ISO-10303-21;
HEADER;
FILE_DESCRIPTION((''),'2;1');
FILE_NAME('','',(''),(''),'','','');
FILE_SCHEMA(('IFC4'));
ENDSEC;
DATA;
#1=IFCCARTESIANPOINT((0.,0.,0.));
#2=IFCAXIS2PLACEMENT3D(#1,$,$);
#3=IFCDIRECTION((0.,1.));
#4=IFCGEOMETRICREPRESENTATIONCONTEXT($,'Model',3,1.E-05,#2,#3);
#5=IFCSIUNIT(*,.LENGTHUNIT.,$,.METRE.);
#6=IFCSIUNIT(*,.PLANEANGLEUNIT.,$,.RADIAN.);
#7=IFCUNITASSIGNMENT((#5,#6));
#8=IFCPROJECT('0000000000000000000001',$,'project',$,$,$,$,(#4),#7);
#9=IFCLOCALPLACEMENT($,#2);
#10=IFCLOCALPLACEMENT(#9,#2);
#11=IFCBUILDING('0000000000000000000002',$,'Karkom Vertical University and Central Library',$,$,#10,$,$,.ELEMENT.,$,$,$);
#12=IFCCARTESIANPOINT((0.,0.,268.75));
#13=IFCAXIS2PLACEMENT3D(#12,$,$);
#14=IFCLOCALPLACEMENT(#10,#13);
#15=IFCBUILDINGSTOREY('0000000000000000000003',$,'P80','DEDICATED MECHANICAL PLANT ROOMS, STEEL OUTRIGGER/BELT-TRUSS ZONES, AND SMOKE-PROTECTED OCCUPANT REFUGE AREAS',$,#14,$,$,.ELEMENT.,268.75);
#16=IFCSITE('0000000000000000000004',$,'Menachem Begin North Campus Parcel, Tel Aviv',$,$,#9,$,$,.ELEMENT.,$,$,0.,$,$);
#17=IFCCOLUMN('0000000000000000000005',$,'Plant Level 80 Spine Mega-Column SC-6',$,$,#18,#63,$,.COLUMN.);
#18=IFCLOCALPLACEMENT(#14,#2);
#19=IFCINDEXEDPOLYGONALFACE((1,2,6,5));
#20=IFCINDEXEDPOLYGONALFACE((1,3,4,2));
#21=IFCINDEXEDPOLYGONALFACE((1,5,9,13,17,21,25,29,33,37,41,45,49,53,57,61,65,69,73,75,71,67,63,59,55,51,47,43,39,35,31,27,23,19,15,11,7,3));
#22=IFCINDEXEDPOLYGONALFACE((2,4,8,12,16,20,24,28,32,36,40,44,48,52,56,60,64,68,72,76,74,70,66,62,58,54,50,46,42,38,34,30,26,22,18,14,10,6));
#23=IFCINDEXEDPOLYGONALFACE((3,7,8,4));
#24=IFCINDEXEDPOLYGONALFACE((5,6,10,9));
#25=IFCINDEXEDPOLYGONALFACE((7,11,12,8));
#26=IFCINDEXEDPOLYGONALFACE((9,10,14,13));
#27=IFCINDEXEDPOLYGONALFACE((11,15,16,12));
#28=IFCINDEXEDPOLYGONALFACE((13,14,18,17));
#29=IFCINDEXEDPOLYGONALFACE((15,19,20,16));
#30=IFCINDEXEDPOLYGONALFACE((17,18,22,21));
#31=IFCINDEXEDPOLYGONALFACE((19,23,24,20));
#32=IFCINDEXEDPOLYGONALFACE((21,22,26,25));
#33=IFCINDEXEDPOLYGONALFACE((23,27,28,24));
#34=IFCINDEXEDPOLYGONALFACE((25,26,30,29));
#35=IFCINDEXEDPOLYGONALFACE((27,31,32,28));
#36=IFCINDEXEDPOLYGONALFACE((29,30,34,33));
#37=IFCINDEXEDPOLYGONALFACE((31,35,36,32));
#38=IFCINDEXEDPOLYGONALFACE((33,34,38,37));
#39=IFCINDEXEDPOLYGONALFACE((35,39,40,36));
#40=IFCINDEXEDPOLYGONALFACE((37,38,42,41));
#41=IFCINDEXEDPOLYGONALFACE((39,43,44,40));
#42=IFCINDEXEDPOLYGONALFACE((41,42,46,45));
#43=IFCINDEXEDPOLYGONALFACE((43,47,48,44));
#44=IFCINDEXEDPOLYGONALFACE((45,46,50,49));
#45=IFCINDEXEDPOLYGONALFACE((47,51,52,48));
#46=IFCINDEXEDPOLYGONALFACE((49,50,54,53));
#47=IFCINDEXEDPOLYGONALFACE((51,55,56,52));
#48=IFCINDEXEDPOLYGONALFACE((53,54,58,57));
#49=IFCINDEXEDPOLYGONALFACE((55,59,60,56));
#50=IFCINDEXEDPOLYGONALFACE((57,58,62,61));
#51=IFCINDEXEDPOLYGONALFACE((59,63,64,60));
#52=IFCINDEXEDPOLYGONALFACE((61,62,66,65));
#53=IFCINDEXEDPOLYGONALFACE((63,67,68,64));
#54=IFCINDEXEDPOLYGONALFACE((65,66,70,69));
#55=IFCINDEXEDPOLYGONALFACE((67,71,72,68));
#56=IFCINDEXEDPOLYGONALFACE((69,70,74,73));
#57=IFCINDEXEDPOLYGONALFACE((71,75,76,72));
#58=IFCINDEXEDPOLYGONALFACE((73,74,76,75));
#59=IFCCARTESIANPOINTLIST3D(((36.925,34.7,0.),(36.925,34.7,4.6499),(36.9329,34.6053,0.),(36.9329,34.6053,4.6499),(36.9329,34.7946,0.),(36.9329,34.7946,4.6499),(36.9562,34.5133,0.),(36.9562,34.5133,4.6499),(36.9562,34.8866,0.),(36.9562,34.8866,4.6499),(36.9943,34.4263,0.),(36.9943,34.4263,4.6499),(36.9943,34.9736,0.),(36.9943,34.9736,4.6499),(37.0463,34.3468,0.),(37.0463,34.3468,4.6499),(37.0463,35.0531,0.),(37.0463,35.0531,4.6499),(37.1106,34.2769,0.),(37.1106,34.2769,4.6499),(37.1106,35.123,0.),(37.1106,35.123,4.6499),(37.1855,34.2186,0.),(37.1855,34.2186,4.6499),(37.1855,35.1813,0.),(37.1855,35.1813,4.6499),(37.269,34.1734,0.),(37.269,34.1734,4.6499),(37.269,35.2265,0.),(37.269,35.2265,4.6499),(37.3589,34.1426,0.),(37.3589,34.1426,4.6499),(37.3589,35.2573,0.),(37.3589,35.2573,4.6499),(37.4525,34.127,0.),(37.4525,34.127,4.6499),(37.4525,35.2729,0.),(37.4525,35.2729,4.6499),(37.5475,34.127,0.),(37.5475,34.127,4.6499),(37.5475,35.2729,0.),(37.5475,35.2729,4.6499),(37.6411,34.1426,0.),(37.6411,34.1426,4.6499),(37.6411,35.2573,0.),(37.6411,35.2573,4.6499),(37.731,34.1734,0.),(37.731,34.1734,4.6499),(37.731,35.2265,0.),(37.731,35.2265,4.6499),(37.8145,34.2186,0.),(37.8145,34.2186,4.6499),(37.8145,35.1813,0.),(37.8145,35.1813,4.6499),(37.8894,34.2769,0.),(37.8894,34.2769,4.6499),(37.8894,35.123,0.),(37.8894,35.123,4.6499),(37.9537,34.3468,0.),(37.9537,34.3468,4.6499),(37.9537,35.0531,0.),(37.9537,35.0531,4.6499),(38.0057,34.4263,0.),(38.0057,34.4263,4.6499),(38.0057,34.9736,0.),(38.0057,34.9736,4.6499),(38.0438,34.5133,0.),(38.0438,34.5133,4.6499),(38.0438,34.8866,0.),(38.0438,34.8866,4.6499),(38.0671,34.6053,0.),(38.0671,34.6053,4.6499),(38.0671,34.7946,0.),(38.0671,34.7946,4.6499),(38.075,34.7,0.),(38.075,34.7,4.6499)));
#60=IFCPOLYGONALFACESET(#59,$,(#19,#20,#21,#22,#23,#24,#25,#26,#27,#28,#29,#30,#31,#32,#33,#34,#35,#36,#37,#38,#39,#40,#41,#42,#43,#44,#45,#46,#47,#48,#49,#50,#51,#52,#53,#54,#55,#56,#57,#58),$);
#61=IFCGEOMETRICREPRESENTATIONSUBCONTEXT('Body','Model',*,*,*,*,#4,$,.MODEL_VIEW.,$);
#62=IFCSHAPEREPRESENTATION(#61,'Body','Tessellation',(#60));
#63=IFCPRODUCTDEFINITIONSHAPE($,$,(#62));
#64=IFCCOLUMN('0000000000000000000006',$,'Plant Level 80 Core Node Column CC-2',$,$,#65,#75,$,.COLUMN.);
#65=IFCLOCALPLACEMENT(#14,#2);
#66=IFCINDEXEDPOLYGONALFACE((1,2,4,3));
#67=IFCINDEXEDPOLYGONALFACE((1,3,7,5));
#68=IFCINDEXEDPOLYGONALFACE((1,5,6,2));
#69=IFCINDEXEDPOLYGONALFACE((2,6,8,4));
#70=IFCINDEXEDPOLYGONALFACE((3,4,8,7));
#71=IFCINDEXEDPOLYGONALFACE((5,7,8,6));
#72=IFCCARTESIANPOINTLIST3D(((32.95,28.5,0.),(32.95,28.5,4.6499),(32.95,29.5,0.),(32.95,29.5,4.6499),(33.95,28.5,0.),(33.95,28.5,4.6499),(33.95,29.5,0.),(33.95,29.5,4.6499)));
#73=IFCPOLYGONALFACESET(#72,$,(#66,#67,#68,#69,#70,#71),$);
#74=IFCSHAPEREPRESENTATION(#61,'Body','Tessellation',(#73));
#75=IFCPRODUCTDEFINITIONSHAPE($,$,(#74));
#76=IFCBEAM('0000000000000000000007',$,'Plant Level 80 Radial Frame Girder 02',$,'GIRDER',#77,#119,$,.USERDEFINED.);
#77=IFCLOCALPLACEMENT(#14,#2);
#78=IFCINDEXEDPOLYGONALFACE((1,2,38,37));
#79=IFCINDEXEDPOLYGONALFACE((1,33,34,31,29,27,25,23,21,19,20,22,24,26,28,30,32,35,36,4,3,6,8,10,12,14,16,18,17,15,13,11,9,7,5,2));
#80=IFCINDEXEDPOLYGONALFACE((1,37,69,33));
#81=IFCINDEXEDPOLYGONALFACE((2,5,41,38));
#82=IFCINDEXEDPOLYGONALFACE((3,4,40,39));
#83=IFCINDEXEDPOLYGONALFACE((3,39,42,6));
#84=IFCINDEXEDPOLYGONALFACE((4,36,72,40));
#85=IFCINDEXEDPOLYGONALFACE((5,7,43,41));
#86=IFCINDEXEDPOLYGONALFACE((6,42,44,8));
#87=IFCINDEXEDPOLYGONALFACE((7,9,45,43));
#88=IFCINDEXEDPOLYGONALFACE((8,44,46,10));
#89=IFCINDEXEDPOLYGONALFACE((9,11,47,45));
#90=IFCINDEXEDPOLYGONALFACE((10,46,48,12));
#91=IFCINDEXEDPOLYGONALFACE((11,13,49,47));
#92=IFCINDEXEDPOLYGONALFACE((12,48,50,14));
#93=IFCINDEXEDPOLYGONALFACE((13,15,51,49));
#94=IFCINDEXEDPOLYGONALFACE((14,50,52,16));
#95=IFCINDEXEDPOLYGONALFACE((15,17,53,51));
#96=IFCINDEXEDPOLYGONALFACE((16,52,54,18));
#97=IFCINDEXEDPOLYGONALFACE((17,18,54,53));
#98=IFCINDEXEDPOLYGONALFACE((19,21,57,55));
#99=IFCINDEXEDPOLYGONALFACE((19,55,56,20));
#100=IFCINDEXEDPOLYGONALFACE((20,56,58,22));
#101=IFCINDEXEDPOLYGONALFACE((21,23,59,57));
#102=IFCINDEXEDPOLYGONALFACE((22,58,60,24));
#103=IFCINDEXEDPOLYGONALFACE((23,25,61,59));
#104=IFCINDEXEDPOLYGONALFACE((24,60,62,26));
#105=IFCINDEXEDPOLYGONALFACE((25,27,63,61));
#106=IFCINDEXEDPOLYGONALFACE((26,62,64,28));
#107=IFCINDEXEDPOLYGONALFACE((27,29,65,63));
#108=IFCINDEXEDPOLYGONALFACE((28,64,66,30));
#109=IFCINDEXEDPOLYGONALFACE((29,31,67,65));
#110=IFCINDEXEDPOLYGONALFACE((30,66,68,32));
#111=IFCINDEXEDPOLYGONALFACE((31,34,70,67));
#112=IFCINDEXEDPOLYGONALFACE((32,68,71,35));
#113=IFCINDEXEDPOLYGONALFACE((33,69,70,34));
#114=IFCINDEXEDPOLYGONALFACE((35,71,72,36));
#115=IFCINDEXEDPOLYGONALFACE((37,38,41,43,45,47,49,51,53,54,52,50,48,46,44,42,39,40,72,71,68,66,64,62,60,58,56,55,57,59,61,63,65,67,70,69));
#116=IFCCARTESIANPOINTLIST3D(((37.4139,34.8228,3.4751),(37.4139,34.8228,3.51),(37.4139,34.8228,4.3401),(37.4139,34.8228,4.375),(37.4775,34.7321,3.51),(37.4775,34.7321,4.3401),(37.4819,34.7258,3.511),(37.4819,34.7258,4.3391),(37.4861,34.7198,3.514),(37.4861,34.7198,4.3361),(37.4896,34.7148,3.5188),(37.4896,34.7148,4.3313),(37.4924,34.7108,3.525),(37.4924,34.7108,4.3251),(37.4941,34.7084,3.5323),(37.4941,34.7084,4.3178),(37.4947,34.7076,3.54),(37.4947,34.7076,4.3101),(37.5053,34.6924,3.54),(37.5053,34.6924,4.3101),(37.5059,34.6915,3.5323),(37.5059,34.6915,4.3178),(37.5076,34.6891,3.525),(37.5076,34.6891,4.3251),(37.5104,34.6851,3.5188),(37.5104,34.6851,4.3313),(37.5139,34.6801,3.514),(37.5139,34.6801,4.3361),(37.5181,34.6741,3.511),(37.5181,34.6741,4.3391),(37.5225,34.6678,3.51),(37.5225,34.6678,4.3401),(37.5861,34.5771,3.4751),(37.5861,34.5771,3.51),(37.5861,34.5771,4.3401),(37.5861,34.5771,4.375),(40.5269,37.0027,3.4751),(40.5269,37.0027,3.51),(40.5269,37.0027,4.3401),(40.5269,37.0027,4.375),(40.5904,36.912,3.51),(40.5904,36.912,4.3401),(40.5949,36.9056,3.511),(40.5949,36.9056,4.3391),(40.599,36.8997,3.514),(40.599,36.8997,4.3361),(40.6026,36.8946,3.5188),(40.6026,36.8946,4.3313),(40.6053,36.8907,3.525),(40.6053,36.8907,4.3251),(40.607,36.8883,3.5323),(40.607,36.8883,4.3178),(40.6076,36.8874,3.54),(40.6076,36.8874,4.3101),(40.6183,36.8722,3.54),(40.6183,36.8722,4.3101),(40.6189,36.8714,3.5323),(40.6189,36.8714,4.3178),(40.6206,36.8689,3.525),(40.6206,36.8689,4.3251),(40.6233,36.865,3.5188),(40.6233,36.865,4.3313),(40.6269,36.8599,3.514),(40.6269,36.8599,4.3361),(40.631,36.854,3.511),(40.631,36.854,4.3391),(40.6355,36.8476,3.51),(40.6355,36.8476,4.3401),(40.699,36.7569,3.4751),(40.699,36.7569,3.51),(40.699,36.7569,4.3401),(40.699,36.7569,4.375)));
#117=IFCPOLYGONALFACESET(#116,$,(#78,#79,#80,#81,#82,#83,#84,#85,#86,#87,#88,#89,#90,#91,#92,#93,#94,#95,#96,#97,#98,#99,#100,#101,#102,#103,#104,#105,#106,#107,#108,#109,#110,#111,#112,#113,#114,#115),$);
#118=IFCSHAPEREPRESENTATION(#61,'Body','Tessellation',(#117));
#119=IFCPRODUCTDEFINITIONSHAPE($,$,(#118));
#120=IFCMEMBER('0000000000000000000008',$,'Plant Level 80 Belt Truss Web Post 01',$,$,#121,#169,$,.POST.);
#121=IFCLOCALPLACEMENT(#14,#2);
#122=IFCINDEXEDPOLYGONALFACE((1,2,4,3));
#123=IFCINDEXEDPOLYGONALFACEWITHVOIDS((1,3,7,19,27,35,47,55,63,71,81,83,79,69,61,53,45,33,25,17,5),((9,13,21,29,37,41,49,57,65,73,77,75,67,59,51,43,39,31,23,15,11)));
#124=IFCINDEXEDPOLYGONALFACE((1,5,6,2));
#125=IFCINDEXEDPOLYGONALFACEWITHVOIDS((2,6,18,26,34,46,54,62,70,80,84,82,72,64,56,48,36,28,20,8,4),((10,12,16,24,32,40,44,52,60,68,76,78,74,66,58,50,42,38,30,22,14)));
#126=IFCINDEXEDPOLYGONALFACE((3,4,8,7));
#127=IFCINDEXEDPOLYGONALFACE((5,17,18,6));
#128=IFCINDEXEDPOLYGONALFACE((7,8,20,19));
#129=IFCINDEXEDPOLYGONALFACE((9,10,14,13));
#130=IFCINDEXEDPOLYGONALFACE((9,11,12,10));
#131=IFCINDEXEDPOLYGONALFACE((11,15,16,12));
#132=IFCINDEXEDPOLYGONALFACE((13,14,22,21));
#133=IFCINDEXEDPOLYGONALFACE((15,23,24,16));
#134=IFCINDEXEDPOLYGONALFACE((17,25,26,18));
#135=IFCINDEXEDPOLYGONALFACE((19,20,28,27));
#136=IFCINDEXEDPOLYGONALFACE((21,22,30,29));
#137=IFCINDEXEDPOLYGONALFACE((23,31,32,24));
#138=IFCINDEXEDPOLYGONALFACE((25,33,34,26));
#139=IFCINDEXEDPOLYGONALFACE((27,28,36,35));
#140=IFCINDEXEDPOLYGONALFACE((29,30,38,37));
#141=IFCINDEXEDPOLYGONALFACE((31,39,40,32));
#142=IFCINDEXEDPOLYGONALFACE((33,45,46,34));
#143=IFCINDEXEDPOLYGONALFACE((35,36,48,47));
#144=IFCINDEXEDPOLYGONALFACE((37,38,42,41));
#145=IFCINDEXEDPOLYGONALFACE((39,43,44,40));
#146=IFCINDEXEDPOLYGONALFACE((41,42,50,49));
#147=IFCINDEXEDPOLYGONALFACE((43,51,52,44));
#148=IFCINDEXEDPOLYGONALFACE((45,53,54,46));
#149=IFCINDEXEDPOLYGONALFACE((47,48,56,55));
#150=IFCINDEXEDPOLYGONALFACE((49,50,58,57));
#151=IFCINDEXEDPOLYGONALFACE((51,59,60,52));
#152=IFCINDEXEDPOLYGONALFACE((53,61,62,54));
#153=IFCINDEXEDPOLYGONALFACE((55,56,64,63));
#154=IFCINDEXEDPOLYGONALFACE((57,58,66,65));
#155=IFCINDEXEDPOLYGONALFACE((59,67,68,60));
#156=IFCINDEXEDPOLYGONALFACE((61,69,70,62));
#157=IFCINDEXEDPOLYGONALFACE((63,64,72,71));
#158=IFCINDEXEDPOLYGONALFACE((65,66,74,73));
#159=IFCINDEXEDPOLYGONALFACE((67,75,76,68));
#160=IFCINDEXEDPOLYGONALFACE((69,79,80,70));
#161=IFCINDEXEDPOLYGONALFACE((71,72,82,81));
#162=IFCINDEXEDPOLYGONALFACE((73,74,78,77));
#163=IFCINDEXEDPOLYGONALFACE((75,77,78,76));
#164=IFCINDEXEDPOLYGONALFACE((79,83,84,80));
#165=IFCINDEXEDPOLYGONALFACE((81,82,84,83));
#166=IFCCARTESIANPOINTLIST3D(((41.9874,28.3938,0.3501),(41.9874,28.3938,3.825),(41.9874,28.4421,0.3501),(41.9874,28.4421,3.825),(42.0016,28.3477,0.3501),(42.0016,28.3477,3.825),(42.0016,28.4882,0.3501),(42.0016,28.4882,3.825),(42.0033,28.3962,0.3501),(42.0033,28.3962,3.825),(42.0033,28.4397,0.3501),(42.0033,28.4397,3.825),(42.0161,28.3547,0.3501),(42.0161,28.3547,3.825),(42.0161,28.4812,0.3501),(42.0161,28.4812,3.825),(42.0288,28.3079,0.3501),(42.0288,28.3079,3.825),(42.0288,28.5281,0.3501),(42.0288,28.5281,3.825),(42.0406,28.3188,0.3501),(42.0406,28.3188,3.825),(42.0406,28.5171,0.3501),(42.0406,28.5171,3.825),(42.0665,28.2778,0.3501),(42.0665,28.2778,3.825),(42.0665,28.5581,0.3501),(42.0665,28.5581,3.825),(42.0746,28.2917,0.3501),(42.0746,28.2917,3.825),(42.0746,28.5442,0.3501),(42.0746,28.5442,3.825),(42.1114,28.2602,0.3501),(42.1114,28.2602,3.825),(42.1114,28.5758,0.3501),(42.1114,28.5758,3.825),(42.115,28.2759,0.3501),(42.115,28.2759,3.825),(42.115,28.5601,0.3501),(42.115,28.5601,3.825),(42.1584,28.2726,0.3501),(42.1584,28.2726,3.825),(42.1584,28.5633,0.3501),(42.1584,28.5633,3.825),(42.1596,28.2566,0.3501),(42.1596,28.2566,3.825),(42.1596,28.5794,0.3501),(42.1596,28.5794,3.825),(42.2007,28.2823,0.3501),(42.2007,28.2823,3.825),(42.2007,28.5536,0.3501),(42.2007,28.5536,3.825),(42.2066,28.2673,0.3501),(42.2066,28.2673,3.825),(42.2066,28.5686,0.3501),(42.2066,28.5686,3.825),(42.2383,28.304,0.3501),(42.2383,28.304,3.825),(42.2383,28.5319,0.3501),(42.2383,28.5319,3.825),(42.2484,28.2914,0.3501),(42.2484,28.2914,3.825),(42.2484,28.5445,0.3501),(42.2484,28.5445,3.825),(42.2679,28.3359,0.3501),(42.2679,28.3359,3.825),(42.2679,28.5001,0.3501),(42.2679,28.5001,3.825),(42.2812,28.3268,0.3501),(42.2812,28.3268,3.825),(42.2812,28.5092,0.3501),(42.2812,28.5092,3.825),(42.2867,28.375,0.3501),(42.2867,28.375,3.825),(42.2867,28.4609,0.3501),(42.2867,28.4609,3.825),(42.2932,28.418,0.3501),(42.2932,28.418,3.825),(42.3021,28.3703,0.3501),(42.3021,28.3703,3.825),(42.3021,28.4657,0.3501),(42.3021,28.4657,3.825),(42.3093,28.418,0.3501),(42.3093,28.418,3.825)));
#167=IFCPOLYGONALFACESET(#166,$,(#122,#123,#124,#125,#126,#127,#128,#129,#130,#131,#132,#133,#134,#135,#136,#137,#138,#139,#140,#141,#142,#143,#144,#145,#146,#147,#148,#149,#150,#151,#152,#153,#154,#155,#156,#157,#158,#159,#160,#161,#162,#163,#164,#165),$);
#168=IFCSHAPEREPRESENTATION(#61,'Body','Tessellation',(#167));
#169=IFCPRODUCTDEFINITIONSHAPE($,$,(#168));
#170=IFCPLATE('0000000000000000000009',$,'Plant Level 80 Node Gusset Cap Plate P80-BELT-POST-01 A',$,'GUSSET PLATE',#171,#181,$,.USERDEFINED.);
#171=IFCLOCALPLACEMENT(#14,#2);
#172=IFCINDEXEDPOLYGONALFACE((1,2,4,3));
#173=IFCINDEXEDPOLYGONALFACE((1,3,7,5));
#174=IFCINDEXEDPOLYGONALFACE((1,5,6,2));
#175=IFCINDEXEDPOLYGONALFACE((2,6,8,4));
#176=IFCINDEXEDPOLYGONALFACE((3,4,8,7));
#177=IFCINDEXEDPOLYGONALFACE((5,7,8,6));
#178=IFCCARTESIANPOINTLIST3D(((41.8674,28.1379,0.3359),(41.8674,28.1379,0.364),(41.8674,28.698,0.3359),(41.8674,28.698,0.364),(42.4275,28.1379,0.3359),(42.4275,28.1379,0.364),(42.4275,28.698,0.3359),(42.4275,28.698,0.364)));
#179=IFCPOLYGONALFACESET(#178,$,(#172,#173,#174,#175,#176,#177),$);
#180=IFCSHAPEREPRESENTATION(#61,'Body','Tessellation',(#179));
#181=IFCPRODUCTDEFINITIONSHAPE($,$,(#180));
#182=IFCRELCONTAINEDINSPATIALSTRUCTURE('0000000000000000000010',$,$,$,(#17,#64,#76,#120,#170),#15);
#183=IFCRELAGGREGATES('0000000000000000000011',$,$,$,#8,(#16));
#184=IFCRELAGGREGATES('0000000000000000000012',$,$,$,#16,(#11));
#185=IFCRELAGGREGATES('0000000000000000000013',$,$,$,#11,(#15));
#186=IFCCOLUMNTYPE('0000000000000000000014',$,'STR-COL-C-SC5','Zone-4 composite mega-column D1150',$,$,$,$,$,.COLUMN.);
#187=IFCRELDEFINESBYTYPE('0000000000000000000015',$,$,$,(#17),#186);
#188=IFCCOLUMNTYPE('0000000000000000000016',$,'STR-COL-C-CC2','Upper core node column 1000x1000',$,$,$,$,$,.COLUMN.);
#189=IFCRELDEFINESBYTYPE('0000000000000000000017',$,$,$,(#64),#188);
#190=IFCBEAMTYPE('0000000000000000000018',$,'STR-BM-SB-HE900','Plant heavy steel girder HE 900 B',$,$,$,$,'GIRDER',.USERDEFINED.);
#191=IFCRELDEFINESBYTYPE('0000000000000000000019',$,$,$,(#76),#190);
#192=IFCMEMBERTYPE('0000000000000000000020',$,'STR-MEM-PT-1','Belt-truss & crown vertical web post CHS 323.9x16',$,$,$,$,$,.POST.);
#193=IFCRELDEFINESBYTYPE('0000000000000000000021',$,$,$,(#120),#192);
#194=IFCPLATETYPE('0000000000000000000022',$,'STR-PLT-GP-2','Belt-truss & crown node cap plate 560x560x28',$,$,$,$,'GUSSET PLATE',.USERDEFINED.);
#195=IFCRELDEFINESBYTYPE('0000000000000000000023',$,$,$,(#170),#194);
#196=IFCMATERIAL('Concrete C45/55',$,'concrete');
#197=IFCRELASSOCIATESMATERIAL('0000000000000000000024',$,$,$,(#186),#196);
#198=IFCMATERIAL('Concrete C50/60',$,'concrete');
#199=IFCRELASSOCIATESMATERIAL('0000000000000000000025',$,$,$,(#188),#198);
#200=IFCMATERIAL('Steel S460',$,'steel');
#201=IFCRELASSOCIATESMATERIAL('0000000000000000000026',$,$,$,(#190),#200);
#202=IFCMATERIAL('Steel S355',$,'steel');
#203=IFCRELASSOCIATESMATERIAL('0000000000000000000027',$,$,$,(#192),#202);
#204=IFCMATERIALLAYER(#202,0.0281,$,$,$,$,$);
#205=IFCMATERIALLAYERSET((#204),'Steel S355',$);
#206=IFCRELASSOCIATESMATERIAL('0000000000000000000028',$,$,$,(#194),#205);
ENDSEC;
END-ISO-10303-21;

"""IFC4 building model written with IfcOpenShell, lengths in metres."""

from ifc_helpers import new_model, si_unit, direction, frame, origin, origin_with_axes, origin_2d, place, context, subcontext, project, spatial, rectangle, circle, hollow_circle, i_section, extrude, source, transform, mapped, material, layer, layer_set, material_profile, profile_set, type_object, element, save


model = new_model("IFC4")

# Units and contexts
model_context = context("Model", 3, precision=1e-05, world=origin(), true_north=direction((0.0, 1.0)))
body_context = subcontext(model_context, "Body", "Model", "MODEL_VIEW")
ifc_project = project(units=[si_unit("LENGTHUNIT", "METRE"), si_unit("PLANEANGLEUNIT", "RADIAN")], contexts=[model_context])

# Site, building, storey
site_placement = place(None, origin())
site = spatial("IfcSite", under=ifc_project, at=site_placement, Name="Menachem Begin North Campus Parcel, Tel Aviv", CompositionType="ELEMENT", RefElevation=0.0)
building_placement = place(site_placement, origin())
building = spatial("IfcBuilding", under=site, at=building_placement, Name="Karkom Vertical University and Central Library", CompositionType="ELEMENT")
storey_placement = place(building_placement, frame((0.0, 0.0, 268.75)))
storey = spatial("IfcBuildingStorey", under=building, at=storey_placement, Name="P80", Description="DEDICATED MECHANICAL PLANT ROOMS, STEEL OUTRIGGER/BELT-TRUSS ZONES, AND SMOKE-PROTECTED OCCUPANT REFUGE AREAS", CompositionType="ELEMENT", Elevation=268.75)

# Columns
ifc_material_1 = material(Name="Concrete C45/55", Category="concrete")
ifc_material_profile_1 = material_profile(ifc_material_1, circle(Radius=0.575, at=origin_2d()), Name="CFT-D1150")
ifc_profile_set_1 = profile_set([ifc_material_profile_1], Name="Concrete C45/55")
column_type_1 = type_object("IfcColumnType", Name="STR-COL-C-SC5", Description="Zone-4 composite mega-column D1150", PredefinedType="COLUMN", material=ifc_profile_set_1)
shared_shape_1 = source(origin_with_axes(), body_context, "Body", "SweptSolid", [
    extrude(circle(Radius=0.575, at=origin_2d()), origin(), (0.0, 0.0, 1.0), 4.6499),
])
column_1_placement = place(storey_placement, frame((37.5, 34.7, 0.0), z_axis=(0.0, 0.0, 1.0), x_axis=(1.0, 0.0, 0.0)))
element("IfcColumn", 1, at=column_1_placement, inside=storey, type_object=column_type_1, Name="Plant Level 80 Spine Mega-Column SC-6", PredefinedType="COLUMN", context=body_context, shape_type="MappedRepresentation", body=[
    mapped(shared_shape_1, transform((0.0, 0.0, 0.0), scale=1.0)),
])
ifc_material_2 = material(Name="Concrete C50/60", Category="concrete")
ifc_material_profile_2 = material_profile(ifc_material_2, rectangle(XDim=1.0, YDim=1.0, at=origin_2d()), Name="RC-1000x1000")
ifc_profile_set_2 = profile_set([ifc_material_profile_2], Name="Concrete C50/60")
column_type_2 = type_object("IfcColumnType", Name="STR-COL-C-CC2", Description="Upper core node column 1000x1000", PredefinedType="COLUMN", material=ifc_profile_set_2)
shared_shape_2 = source(origin_with_axes(), body_context, "Body", "SweptSolid", [
    extrude(rectangle(XDim=1.0, YDim=1.0, at=origin_2d()), origin(), (0.0, 0.0, 1.0), 4.6499),
])
column_2_placement = place(storey_placement, frame((33.45, 29.0, 0.0), z_axis=(0.0, 0.0, 1.0), x_axis=(1.0, 0.0, 0.0)))
element("IfcColumn", 2, at=column_2_placement, inside=storey, type_object=column_type_2, Name="Plant Level 80 Core Node Column CC-2", PredefinedType="COLUMN", context=body_context, shape_type="MappedRepresentation", body=[
    mapped(shared_shape_2, transform((0.0, 0.0, 0.0), scale=1.0)),
])

# Beam
ifc_material_3 = material(Name="Steel S460", Category="steel")
ifc_material_profile_3 = material_profile(ifc_material_3, i_section(OverallWidth=0.3, OverallDepth=0.8999, WebThickness=0.0186, FlangeThickness=0.0349, FilletRadius=0.03, at=origin_2d()), Name="HE 900 B")
ifc_profile_set_3 = profile_set([ifc_material_profile_3], Name="Steel S460")
beam_type = type_object("IfcBeamType", Name="STR-BM-SB-HE900", Description="Plant heavy steel girder HE 900 B", ElementType="GIRDER", PredefinedType="USERDEFINED", material=ifc_profile_set_3)
shared_shape_3 = source(origin_with_axes(), body_context, "Body", "SweptSolid", [
    extrude(i_section(OverallWidth=0.3, OverallDepth=0.8999, WebThickness=0.0186, FlangeThickness=0.0349, FilletRadius=0.03, at=origin_2d()), origin(), (0.0, 0.0, 1.0), 3.8003),
])
beam_placement = place(storey_placement, frame((37.5, 34.7, 3.925), z_axis=(0.819132, 0.573605, 0.0), x_axis=(-0.573605, 0.819132, 0.0)))
element("IfcBeam", 3, at=beam_placement, inside=storey, type_object=beam_type, Name="Plant Level 80 Radial Frame Girder 02", ObjectType="GIRDER", PredefinedType="USERDEFINED", context=body_context, shape_type="MappedRepresentation", body=[
    mapped(shared_shape_3, transform((0.0, 0.0, 0.0), scale=1.0)),
])

# Member
ifc_material_4 = material(Name="Steel S355", Category="steel")
ifc_material_profile_4 = material_profile(ifc_material_4, hollow_circle(Radius=0.1619, WallThickness=0.0161, at=origin_2d()), Name="CHS 323.9x16")
ifc_profile_set_4 = profile_set([ifc_material_profile_4], Name="Steel S355")
member_type = type_object("IfcMemberType", Name="STR-MEM-PT-1", Description="Belt-truss & crown vertical web post CHS 323.9x16", PredefinedType="POST", material=ifc_profile_set_4)
shared_shape_4 = source(origin_with_axes(), body_context, "Body", "SweptSolid", [
    extrude(hollow_circle(Radius=0.1619, WallThickness=0.0161, at=origin_2d()), origin(), (0.0, 0.0, 1.0), 3.4749),
])
member_placement = place(storey_placement, frame((42.1475, 28.418, 0.3501), z_axis=(0.0, 0.0, 1.0), x_axis=(1.0, 0.0, 0.0)))
element("IfcMember", 4, at=member_placement, inside=storey, type_object=member_type, Name="Plant Level 80 Belt Truss Web Post 01", PredefinedType="POST", context=body_context, shape_type="MappedRepresentation", body=[
    mapped(shared_shape_4, transform((0.0, 0.0, 0.0), scale=1.0)),
])

# Plate
ifc_layer_1 = layer(ifc_material_4, 0.0281)
ifc_layer_set_1 = layer_set([ifc_layer_1], Name="Steel S355")
plate_type = type_object("IfcPlateType", Name="STR-PLT-GP-2", Description="Belt-truss & crown node cap plate 560x560x28", ElementType="GUSSET PLATE", PredefinedType="USERDEFINED", material=ifc_layer_set_1)
shared_shape_5 = source(origin_with_axes(), body_context, "Body", "SweptSolid", [
    extrude(rectangle(XDim=0.5601, YDim=0.5601, at=origin_2d()), origin(), (0.0, 0.0, 1.0), 0.0281),
])
for number, where, z_axis, x_axis, name in (
    (5, (42.1475, 28.418, 0.3359), (0.0, 0.0, 1.0), (1.0, 0.0, 0.0), "Plant Level 80 Node Gusset Cap Plate P80-BELT-POST-01 A"),
):
    element("IfcPlate", number, at=place(storey_placement, frame(where, z_axis=z_axis, x_axis=x_axis)), inside=storey, type_object=plate_type, Name=name, ObjectType="GUSSET PLATE", PredefinedType="USERDEFINED", context=body_context, shape_type="MappedRepresentation", body=[
        mapped(shared_shape_5, transform((0.0, 0.0, 0.0), scale=1.0)),
    ])

save(model, "model.ifc")
